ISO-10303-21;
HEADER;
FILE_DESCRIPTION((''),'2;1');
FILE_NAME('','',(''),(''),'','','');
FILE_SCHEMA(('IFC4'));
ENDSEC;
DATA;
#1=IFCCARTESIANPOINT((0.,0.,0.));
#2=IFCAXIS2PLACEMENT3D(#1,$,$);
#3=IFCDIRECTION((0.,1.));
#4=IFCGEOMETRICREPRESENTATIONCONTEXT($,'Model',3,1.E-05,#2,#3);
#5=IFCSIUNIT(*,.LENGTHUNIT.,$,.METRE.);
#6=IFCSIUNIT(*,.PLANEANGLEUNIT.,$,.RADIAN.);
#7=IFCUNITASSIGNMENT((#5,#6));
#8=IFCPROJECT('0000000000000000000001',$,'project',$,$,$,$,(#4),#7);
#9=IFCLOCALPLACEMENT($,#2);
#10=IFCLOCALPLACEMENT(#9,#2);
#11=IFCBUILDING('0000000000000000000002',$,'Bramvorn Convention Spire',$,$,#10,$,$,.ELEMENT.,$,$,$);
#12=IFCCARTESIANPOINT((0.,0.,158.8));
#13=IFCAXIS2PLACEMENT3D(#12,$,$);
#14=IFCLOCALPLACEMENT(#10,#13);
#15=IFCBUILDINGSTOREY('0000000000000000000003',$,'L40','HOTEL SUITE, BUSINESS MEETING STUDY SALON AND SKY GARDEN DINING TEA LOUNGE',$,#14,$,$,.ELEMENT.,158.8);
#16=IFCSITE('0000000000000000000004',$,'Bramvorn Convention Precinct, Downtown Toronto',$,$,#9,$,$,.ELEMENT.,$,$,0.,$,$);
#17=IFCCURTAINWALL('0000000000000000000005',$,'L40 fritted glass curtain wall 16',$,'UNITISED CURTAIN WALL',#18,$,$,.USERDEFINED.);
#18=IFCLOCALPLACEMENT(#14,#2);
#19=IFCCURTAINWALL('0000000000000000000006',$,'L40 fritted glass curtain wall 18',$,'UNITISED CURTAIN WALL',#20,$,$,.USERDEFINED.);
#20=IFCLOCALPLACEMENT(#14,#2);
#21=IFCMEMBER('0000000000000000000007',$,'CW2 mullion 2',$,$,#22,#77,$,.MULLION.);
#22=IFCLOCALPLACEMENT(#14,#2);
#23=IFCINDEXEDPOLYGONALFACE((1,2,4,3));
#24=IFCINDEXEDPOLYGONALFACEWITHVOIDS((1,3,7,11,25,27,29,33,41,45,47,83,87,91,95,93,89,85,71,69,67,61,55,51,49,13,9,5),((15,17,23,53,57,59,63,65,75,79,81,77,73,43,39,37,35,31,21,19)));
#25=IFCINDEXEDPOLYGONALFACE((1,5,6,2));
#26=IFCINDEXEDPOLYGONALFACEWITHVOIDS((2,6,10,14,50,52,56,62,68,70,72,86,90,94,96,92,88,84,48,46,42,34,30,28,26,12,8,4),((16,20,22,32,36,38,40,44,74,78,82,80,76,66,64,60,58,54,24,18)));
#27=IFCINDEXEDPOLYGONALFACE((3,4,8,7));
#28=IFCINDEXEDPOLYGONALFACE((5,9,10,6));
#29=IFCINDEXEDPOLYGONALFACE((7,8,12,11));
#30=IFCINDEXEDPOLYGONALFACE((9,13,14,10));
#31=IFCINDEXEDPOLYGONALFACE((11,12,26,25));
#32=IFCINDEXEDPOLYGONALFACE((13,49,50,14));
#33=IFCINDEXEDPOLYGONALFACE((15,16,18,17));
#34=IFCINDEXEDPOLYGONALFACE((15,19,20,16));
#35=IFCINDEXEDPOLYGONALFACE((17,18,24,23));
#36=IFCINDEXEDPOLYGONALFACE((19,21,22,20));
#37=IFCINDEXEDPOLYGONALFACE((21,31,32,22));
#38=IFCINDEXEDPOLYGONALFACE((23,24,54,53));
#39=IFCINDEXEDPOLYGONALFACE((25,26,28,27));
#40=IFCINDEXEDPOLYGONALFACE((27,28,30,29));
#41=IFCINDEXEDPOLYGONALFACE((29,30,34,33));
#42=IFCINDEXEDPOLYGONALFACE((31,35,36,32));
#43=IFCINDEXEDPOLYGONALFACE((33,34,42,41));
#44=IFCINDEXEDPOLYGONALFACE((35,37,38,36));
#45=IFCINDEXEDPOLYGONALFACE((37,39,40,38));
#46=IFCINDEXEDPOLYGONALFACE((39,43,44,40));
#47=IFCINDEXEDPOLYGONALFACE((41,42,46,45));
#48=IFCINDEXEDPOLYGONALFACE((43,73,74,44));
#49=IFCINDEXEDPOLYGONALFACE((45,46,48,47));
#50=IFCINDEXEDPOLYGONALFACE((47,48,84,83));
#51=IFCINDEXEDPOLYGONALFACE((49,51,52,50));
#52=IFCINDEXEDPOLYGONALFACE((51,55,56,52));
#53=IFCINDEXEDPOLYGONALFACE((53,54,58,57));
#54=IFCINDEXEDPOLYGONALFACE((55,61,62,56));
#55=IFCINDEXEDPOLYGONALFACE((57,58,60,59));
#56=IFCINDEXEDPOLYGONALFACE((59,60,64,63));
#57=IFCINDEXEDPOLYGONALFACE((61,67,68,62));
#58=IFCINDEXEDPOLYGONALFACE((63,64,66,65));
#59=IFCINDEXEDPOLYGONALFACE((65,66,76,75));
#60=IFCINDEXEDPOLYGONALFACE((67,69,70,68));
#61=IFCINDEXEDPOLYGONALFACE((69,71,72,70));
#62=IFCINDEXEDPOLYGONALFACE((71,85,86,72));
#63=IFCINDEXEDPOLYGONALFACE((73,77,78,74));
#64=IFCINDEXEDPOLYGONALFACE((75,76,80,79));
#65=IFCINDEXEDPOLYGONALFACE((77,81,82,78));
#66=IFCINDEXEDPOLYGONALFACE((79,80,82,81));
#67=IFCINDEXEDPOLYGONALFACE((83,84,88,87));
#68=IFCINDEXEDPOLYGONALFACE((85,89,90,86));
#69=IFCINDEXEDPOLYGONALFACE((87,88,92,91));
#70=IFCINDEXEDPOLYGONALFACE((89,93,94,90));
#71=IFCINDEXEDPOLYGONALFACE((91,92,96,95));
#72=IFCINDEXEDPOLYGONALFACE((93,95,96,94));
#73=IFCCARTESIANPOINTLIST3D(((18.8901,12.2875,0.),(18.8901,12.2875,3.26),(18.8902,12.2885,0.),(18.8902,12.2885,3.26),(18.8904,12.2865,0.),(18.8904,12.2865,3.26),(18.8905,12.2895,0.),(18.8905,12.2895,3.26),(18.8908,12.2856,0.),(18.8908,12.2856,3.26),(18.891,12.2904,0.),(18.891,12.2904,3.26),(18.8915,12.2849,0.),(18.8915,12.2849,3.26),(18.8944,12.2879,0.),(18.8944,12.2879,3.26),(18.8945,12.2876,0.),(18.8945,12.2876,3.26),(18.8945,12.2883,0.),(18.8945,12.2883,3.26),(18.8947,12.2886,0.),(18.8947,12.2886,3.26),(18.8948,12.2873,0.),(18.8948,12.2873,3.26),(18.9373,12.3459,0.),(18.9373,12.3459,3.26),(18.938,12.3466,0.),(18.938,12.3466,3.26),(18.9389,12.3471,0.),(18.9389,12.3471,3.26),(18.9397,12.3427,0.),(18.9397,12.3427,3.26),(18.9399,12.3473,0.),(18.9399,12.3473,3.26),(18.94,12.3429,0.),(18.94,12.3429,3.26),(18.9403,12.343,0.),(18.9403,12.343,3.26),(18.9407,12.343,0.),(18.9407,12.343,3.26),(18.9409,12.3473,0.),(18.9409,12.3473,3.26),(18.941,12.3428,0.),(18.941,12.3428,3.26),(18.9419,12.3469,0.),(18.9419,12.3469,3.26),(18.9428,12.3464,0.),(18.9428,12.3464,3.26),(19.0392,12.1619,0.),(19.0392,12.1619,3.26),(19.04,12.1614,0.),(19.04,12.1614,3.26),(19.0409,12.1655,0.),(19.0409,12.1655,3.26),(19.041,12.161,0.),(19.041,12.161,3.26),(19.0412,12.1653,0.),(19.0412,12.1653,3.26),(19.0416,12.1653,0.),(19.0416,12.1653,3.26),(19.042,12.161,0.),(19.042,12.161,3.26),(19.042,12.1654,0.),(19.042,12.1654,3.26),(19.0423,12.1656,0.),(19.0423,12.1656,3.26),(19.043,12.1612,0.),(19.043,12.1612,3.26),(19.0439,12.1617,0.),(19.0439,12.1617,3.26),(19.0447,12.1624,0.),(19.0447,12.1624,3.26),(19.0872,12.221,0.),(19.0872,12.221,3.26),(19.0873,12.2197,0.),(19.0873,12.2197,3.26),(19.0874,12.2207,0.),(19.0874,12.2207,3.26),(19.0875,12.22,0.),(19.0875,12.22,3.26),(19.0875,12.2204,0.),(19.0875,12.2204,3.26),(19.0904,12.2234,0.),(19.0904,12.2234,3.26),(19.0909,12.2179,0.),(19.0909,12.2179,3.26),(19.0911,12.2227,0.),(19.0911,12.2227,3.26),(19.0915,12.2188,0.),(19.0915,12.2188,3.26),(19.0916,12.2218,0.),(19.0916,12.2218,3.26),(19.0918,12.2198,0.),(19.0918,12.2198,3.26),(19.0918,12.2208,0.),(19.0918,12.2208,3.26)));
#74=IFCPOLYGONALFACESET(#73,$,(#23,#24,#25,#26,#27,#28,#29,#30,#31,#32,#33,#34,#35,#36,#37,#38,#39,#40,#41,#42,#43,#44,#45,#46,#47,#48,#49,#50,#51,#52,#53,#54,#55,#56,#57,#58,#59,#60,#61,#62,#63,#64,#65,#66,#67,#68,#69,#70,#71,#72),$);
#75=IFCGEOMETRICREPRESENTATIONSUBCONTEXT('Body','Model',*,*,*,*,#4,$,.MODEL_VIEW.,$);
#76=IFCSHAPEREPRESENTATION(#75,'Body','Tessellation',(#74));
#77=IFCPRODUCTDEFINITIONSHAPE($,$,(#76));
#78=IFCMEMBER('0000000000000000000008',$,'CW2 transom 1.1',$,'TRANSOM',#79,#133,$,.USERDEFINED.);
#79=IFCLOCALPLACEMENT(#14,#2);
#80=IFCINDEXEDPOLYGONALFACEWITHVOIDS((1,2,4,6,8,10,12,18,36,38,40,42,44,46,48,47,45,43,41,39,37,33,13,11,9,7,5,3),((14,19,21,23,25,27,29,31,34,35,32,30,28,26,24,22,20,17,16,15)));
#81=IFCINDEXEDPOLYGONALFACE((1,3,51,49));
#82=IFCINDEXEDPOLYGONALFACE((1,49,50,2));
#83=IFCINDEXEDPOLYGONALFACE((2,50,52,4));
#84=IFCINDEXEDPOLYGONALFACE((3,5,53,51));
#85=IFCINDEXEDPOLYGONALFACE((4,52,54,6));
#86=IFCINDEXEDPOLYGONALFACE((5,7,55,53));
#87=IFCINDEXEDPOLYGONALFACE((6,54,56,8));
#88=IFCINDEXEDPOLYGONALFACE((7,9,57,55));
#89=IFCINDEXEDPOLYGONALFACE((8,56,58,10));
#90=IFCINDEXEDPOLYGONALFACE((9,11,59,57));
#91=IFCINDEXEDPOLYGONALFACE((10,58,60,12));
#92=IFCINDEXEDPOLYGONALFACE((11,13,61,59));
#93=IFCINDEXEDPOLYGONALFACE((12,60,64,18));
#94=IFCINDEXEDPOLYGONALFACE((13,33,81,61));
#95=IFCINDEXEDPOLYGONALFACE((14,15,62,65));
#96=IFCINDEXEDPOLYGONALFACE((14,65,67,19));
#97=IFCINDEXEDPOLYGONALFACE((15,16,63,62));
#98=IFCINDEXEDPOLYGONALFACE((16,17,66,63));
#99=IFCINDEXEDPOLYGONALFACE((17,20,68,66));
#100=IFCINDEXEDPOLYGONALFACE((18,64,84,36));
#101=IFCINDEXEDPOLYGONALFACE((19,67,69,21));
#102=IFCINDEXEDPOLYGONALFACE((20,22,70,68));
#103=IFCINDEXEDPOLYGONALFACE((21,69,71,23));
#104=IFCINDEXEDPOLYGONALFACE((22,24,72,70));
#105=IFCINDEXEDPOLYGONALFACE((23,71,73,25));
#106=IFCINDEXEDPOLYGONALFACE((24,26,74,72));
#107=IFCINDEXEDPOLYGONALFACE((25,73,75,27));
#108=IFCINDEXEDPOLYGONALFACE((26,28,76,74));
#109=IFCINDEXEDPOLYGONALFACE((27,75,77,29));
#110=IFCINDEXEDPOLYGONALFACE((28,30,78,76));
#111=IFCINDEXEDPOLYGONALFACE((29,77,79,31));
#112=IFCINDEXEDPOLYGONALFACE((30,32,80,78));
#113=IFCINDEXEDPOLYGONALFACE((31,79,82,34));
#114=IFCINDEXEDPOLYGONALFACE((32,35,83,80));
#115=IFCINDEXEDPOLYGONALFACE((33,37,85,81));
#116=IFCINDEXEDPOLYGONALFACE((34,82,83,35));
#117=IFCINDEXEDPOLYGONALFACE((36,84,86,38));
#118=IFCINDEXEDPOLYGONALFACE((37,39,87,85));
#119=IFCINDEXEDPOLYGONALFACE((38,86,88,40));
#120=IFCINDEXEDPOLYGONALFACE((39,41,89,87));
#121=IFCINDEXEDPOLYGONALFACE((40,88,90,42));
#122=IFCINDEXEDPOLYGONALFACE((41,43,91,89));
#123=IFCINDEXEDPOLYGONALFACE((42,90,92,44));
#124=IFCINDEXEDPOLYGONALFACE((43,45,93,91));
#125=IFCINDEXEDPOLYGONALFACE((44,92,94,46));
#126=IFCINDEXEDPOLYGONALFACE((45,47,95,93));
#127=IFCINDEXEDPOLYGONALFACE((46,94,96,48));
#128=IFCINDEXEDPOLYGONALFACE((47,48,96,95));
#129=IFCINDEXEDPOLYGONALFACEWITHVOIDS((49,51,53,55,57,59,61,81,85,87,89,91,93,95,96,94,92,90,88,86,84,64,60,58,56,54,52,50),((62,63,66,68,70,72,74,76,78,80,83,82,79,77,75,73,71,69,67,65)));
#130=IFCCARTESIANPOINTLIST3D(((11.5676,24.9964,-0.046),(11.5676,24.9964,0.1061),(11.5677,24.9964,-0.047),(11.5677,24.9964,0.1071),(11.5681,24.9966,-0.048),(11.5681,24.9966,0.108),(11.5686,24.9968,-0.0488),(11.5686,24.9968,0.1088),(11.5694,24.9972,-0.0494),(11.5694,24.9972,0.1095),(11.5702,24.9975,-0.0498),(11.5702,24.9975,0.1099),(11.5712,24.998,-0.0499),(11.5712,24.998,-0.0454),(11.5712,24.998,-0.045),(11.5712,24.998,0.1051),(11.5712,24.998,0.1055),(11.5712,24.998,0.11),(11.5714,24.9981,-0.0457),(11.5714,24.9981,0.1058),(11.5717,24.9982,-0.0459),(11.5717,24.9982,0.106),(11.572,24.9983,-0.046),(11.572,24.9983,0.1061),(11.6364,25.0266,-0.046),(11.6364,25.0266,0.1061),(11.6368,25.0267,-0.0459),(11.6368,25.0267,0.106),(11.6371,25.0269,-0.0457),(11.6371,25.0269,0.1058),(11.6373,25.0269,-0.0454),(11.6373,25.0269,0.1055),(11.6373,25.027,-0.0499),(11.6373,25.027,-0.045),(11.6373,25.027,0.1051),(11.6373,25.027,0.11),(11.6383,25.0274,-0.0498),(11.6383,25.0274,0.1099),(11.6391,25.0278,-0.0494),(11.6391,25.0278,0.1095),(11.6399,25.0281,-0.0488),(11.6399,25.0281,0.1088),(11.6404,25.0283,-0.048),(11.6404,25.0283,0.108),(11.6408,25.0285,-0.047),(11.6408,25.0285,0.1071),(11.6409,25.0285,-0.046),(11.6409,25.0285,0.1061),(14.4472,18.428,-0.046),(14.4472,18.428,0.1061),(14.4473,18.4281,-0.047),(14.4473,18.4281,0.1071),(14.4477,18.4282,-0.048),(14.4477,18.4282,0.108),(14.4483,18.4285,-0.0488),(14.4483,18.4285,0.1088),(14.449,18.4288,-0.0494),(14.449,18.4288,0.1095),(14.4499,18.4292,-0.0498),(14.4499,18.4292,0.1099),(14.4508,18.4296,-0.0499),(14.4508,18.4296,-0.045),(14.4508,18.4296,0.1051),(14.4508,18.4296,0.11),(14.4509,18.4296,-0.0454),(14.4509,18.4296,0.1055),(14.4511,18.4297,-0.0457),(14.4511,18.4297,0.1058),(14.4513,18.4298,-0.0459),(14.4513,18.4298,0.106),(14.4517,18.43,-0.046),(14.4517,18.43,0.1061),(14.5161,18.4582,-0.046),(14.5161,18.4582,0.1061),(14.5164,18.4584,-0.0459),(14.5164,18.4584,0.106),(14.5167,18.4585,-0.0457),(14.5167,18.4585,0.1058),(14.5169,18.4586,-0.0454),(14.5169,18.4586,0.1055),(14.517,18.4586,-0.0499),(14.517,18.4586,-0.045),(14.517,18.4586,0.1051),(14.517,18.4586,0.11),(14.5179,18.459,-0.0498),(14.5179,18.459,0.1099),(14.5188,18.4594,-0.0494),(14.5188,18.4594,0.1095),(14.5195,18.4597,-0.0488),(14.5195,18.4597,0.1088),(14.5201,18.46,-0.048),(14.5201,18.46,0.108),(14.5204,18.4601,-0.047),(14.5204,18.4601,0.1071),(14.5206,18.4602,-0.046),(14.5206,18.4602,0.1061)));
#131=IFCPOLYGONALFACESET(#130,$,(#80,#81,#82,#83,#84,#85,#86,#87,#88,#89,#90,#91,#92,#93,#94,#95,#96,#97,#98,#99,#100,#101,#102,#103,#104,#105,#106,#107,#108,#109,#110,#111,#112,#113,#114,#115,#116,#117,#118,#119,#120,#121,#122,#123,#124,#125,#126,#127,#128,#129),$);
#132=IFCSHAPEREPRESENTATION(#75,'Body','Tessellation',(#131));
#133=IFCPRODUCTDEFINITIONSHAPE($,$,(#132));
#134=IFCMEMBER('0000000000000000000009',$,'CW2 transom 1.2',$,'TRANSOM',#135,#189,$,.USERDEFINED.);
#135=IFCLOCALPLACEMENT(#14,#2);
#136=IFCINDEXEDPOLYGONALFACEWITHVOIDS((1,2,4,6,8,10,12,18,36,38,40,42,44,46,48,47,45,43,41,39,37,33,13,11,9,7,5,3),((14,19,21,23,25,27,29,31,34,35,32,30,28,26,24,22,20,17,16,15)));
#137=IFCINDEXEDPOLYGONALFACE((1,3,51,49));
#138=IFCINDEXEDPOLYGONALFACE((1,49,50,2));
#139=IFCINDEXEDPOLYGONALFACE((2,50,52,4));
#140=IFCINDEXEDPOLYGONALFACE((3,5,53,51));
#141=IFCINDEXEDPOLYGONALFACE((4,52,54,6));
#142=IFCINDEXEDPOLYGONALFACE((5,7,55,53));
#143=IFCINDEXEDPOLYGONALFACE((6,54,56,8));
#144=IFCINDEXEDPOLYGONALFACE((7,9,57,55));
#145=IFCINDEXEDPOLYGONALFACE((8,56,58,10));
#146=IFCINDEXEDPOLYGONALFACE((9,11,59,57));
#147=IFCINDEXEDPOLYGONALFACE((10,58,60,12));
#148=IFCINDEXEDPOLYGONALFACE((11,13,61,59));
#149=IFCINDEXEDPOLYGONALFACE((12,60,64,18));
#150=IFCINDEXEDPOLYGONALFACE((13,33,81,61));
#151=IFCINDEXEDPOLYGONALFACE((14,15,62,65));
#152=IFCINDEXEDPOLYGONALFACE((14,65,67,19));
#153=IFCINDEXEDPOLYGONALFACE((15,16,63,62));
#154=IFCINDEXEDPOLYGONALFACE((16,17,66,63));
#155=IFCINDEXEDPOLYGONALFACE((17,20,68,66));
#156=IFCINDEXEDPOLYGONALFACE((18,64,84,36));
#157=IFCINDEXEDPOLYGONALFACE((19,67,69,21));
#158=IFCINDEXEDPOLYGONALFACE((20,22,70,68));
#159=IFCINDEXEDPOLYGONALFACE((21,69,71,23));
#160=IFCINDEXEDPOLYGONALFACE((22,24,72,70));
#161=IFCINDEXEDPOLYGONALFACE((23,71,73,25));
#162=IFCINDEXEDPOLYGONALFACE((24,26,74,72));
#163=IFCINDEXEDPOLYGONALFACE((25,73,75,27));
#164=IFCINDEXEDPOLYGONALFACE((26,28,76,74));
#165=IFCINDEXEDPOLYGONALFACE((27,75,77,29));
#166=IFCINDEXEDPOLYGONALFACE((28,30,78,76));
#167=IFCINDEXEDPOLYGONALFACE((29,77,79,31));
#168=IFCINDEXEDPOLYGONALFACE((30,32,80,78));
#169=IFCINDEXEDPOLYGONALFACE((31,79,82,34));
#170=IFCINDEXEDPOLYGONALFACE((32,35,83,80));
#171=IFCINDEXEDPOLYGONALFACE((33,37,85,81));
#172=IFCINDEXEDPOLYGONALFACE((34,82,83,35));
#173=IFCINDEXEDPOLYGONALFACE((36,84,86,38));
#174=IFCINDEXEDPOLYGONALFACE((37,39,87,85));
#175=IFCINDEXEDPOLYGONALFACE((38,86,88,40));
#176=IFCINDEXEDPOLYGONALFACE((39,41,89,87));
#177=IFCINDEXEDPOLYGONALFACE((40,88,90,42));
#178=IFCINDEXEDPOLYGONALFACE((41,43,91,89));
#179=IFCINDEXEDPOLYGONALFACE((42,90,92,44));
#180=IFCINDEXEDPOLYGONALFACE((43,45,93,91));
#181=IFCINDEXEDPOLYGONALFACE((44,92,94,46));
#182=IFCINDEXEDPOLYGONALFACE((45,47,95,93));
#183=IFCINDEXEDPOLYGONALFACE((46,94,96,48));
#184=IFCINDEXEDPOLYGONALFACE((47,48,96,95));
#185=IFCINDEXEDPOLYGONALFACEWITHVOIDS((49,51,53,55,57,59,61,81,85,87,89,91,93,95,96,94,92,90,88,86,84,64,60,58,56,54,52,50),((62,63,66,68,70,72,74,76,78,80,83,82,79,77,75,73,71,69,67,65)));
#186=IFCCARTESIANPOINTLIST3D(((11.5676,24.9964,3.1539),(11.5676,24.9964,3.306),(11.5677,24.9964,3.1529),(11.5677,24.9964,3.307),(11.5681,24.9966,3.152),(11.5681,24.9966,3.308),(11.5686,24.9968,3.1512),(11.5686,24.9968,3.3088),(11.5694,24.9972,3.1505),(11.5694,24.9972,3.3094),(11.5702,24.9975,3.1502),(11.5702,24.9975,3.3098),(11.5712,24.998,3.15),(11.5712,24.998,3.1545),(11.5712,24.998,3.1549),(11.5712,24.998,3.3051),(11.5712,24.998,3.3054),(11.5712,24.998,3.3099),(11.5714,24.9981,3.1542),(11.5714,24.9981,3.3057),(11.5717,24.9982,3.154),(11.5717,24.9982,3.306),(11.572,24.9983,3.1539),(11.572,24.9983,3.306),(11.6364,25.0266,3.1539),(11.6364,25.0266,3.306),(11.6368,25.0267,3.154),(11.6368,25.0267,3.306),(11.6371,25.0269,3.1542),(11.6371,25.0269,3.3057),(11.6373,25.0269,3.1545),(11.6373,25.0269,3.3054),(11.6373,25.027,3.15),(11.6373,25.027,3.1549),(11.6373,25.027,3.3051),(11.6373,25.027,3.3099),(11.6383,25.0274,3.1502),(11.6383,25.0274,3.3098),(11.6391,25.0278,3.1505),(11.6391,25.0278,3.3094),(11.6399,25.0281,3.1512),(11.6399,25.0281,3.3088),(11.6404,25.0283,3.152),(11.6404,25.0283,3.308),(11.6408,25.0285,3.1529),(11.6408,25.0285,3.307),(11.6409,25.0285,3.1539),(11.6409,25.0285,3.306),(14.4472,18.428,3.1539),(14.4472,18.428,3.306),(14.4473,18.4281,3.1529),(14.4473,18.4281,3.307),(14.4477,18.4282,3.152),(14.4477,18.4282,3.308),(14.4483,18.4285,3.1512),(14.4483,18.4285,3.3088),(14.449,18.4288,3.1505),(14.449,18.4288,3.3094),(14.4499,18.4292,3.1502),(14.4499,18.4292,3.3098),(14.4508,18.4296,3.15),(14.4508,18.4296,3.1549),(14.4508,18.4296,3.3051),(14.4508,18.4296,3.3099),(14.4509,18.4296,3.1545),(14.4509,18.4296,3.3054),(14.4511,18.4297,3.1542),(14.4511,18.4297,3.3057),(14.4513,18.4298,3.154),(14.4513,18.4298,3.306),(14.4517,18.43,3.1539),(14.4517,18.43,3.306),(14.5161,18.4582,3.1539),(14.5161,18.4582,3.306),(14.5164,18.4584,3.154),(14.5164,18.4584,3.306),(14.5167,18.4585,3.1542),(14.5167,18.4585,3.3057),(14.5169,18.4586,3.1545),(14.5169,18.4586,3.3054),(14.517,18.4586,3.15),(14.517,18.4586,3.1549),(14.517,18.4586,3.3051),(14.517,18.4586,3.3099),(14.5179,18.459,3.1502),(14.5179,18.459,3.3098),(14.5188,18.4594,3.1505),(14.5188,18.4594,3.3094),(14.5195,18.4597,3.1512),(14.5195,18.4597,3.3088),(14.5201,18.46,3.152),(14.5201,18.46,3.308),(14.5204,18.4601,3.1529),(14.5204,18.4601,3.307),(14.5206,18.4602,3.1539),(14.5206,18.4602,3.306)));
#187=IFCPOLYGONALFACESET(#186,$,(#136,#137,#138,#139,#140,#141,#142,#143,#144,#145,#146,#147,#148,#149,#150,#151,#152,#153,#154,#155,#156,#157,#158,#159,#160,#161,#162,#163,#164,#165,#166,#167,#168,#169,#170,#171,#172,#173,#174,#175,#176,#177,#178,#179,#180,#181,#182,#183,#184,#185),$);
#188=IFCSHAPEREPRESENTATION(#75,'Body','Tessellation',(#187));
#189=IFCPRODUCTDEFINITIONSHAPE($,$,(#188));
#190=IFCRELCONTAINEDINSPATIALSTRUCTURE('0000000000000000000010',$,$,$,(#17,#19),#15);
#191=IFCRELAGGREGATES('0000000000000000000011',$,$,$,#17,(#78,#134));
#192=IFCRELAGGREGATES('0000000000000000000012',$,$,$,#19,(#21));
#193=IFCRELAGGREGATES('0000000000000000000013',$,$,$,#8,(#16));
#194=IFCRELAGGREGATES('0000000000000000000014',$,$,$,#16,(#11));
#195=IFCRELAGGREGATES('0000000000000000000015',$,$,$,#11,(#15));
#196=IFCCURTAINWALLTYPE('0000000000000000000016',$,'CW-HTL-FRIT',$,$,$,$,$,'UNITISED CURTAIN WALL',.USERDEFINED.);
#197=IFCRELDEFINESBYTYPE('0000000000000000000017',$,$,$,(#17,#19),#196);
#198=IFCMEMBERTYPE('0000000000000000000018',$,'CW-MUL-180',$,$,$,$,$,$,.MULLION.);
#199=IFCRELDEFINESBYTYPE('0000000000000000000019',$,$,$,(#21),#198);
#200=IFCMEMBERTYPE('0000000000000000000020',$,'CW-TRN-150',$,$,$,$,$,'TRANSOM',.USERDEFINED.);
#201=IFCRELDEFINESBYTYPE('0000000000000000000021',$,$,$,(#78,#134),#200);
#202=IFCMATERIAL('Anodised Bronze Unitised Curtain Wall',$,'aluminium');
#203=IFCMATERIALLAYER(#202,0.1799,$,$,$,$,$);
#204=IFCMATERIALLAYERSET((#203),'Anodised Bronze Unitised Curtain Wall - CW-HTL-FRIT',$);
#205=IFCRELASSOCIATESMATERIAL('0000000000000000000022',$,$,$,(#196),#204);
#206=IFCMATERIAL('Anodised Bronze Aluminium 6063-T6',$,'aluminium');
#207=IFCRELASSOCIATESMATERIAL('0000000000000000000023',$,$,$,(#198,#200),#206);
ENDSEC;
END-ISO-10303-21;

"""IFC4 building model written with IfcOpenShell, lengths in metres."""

from ifc_helpers import new_model, si_unit, direction, frame, origin, origin_2d, place, context, subcontext, project, spatial, hollow_rectangle, extrude, material, layer, layer_set, material_profile, profile_set, type_object, element, aggregate, save


model = new_model("IFC4")

# Units and contexts
model_context = context("Model", 3, precision=1e-05, world=origin(), true_north=direction((0.0, 1.0)))
body_context = subcontext(model_context, "Body", "Model", "MODEL_VIEW")
ifc_project = project(units=[si_unit("LENGTHUNIT", "METRE"), si_unit("PLANEANGLEUNIT", "RADIAN")], contexts=[model_context])

# Site, building, storey
site_placement = place(None, origin())
site = spatial("IfcSite", under=ifc_project, at=site_placement, Name="Bramvorn Convention Precinct, Downtown Toronto", CompositionType="ELEMENT", RefElevation=0.0)
building_placement = place(site_placement, origin())
building = spatial("IfcBuilding", under=site, at=building_placement, Name="Bramvorn Convention Spire", CompositionType="ELEMENT")
storey_placement = place(building_placement, frame((0.0, 0.0, 158.8)))
storey = spatial("IfcBuildingStorey", under=building, at=storey_placement, Name="L40", Description="HOTEL SUITE, BUSINESS MEETING STUDY SALON AND SKY GARDEN DINING TEA LOUNGE", CompositionType="ELEMENT", Elevation=158.8)

# Curtain walls, member
ifc_material_1 = material(Name="Anodised Bronze Unitised Curtain Wall", Category="aluminium")
ifc_layer_1 = layer(ifc_material_1, 0.1799)
ifc_layer_set_1 = layer_set([ifc_layer_1], Name="Anodised Bronze Unitised Curtain Wall - CW-HTL-FRIT")
curtain_wall_type = type_object("IfcCurtainWallType", Name="CW-HTL-FRIT", ElementType="UNITISED CURTAIN WALL", PredefinedType="USERDEFINED", material=ifc_layer_set_1)
curtain_wall_1_placement = place(storey_placement, origin())
curtain_wall_1 = element("IfcCurtainWall", 1, at=curtain_wall_1_placement, inside=storey, type_object=curtain_wall_type, Name="L40 fritted glass curtain wall 16", ObjectType="UNITISED CURTAIN WALL", PredefinedType="USERDEFINED")
ifc_material_2 = material(Name="Anodised Bronze Aluminium 6063-T6", Category="aluminium")
ifc_material_profile_1 = material_profile(ifc_material_2, hollow_rectangle(XDim=0.0801, YDim=0.2, WallThickness=0.0039, InnerFilletRadius=0.001, OuterFilletRadius=0.0039, at=origin_2d()))
ifc_profile_set_1 = profile_set([ifc_material_profile_1], Name="Anodised Bronze Aluminium 6063-T6 - CWM80X200")
member_type_1 = type_object("IfcMemberType", Name="CW-MUL-180", PredefinedType="MULLION", material=ifc_profile_set_1)
curtain_wall_2_placement = place(storey_placement, origin())
curtain_wall_2 = element("IfcCurtainWall", 2, at=curtain_wall_2_placement, inside=storey, type_object=curtain_wall_type, Name="L40 fritted glass curtain wall 18", ObjectType="UNITISED CURTAIN WALL", PredefinedType="USERDEFINED")
member_1_placement = place(storey_placement, frame((18.991, 12.2542, 0.0), z_axis=(0.0, 0.0, 1.0), x_axis=(-0.640071, -0.768316, 0.0)))
member_1 = element("IfcMember", 3, at=member_1_placement, type_object=member_type_1, Name="CW2 mullion 2", PredefinedType="MULLION", context=body_context, shape_type="SweptSolid", body=[
    extrude(hollow_rectangle(XDim=0.0801, YDim=0.2, WallThickness=0.0039, InnerFilletRadius=0.001, OuterFilletRadius=0.0039, at=origin_2d()), origin(), (0.0, 0.0, 1.0), 3.26),
])

# Members
ifc_material_profile_2 = material_profile(ifc_material_2, hollow_rectangle(XDim=0.0801, YDim=0.1599, WallThickness=0.0039, InnerFilletRadius=0.001, OuterFilletRadius=0.0039, at=origin_2d()))
ifc_profile_set_2 = profile_set([ifc_material_profile_2], Name="Anodised Bronze Aluminium 6063-T6 - CWT80X160")
member_type_2 = type_object("IfcMemberType", Name="CW-TRN-150", ElementType="TRANSOM", PredefinedType="USERDEFINED", material=ifc_profile_set_2)
member_2_placement = place(storey_placement, frame((14.4839, 18.4441, 0.03), z_axis=(-0.401519, 0.915851, 0.0), x_axis=(-0.915851, -0.401519, 0.0)))
member_2 = element("IfcMember", 4, at=member_2_placement, type_object=member_type_2, Name="CW2 transom 1.1", ObjectType="TRANSOM", PredefinedType="USERDEFINED", context=body_context, shape_type="SweptSolid", body=[
    extrude(hollow_rectangle(XDim=0.0801, YDim=0.1599, WallThickness=0.0039, InnerFilletRadius=0.001, OuterFilletRadius=0.0039, at=origin_2d()), origin(), (0.0, 0.0, 1.0), 7.1719),
])
member_3_placement = place(storey_placement, frame((14.4839, 18.4441, 3.23), z_axis=(-0.401519, 0.915851, 0.0), x_axis=(-0.915851, -0.401519, 0.0)))
member_3 = element("IfcMember", 5, at=member_3_placement, type_object=member_type_2, Name="CW2 transom 1.2", ObjectType="TRANSOM", PredefinedType="USERDEFINED", context=body_context, shape_type="SweptSolid", body=[
    extrude(hollow_rectangle(XDim=0.0801, YDim=0.1599, WallThickness=0.0039, InnerFilletRadius=0.001, OuterFilletRadius=0.0039, at=origin_2d()), origin(), (0.0, 0.0, 1.0), 7.1719),
])

aggregate(curtain_wall_1, [member_2, member_3])
aggregate(curtain_wall_2, [member_1])

save(model, "model.ifc")
